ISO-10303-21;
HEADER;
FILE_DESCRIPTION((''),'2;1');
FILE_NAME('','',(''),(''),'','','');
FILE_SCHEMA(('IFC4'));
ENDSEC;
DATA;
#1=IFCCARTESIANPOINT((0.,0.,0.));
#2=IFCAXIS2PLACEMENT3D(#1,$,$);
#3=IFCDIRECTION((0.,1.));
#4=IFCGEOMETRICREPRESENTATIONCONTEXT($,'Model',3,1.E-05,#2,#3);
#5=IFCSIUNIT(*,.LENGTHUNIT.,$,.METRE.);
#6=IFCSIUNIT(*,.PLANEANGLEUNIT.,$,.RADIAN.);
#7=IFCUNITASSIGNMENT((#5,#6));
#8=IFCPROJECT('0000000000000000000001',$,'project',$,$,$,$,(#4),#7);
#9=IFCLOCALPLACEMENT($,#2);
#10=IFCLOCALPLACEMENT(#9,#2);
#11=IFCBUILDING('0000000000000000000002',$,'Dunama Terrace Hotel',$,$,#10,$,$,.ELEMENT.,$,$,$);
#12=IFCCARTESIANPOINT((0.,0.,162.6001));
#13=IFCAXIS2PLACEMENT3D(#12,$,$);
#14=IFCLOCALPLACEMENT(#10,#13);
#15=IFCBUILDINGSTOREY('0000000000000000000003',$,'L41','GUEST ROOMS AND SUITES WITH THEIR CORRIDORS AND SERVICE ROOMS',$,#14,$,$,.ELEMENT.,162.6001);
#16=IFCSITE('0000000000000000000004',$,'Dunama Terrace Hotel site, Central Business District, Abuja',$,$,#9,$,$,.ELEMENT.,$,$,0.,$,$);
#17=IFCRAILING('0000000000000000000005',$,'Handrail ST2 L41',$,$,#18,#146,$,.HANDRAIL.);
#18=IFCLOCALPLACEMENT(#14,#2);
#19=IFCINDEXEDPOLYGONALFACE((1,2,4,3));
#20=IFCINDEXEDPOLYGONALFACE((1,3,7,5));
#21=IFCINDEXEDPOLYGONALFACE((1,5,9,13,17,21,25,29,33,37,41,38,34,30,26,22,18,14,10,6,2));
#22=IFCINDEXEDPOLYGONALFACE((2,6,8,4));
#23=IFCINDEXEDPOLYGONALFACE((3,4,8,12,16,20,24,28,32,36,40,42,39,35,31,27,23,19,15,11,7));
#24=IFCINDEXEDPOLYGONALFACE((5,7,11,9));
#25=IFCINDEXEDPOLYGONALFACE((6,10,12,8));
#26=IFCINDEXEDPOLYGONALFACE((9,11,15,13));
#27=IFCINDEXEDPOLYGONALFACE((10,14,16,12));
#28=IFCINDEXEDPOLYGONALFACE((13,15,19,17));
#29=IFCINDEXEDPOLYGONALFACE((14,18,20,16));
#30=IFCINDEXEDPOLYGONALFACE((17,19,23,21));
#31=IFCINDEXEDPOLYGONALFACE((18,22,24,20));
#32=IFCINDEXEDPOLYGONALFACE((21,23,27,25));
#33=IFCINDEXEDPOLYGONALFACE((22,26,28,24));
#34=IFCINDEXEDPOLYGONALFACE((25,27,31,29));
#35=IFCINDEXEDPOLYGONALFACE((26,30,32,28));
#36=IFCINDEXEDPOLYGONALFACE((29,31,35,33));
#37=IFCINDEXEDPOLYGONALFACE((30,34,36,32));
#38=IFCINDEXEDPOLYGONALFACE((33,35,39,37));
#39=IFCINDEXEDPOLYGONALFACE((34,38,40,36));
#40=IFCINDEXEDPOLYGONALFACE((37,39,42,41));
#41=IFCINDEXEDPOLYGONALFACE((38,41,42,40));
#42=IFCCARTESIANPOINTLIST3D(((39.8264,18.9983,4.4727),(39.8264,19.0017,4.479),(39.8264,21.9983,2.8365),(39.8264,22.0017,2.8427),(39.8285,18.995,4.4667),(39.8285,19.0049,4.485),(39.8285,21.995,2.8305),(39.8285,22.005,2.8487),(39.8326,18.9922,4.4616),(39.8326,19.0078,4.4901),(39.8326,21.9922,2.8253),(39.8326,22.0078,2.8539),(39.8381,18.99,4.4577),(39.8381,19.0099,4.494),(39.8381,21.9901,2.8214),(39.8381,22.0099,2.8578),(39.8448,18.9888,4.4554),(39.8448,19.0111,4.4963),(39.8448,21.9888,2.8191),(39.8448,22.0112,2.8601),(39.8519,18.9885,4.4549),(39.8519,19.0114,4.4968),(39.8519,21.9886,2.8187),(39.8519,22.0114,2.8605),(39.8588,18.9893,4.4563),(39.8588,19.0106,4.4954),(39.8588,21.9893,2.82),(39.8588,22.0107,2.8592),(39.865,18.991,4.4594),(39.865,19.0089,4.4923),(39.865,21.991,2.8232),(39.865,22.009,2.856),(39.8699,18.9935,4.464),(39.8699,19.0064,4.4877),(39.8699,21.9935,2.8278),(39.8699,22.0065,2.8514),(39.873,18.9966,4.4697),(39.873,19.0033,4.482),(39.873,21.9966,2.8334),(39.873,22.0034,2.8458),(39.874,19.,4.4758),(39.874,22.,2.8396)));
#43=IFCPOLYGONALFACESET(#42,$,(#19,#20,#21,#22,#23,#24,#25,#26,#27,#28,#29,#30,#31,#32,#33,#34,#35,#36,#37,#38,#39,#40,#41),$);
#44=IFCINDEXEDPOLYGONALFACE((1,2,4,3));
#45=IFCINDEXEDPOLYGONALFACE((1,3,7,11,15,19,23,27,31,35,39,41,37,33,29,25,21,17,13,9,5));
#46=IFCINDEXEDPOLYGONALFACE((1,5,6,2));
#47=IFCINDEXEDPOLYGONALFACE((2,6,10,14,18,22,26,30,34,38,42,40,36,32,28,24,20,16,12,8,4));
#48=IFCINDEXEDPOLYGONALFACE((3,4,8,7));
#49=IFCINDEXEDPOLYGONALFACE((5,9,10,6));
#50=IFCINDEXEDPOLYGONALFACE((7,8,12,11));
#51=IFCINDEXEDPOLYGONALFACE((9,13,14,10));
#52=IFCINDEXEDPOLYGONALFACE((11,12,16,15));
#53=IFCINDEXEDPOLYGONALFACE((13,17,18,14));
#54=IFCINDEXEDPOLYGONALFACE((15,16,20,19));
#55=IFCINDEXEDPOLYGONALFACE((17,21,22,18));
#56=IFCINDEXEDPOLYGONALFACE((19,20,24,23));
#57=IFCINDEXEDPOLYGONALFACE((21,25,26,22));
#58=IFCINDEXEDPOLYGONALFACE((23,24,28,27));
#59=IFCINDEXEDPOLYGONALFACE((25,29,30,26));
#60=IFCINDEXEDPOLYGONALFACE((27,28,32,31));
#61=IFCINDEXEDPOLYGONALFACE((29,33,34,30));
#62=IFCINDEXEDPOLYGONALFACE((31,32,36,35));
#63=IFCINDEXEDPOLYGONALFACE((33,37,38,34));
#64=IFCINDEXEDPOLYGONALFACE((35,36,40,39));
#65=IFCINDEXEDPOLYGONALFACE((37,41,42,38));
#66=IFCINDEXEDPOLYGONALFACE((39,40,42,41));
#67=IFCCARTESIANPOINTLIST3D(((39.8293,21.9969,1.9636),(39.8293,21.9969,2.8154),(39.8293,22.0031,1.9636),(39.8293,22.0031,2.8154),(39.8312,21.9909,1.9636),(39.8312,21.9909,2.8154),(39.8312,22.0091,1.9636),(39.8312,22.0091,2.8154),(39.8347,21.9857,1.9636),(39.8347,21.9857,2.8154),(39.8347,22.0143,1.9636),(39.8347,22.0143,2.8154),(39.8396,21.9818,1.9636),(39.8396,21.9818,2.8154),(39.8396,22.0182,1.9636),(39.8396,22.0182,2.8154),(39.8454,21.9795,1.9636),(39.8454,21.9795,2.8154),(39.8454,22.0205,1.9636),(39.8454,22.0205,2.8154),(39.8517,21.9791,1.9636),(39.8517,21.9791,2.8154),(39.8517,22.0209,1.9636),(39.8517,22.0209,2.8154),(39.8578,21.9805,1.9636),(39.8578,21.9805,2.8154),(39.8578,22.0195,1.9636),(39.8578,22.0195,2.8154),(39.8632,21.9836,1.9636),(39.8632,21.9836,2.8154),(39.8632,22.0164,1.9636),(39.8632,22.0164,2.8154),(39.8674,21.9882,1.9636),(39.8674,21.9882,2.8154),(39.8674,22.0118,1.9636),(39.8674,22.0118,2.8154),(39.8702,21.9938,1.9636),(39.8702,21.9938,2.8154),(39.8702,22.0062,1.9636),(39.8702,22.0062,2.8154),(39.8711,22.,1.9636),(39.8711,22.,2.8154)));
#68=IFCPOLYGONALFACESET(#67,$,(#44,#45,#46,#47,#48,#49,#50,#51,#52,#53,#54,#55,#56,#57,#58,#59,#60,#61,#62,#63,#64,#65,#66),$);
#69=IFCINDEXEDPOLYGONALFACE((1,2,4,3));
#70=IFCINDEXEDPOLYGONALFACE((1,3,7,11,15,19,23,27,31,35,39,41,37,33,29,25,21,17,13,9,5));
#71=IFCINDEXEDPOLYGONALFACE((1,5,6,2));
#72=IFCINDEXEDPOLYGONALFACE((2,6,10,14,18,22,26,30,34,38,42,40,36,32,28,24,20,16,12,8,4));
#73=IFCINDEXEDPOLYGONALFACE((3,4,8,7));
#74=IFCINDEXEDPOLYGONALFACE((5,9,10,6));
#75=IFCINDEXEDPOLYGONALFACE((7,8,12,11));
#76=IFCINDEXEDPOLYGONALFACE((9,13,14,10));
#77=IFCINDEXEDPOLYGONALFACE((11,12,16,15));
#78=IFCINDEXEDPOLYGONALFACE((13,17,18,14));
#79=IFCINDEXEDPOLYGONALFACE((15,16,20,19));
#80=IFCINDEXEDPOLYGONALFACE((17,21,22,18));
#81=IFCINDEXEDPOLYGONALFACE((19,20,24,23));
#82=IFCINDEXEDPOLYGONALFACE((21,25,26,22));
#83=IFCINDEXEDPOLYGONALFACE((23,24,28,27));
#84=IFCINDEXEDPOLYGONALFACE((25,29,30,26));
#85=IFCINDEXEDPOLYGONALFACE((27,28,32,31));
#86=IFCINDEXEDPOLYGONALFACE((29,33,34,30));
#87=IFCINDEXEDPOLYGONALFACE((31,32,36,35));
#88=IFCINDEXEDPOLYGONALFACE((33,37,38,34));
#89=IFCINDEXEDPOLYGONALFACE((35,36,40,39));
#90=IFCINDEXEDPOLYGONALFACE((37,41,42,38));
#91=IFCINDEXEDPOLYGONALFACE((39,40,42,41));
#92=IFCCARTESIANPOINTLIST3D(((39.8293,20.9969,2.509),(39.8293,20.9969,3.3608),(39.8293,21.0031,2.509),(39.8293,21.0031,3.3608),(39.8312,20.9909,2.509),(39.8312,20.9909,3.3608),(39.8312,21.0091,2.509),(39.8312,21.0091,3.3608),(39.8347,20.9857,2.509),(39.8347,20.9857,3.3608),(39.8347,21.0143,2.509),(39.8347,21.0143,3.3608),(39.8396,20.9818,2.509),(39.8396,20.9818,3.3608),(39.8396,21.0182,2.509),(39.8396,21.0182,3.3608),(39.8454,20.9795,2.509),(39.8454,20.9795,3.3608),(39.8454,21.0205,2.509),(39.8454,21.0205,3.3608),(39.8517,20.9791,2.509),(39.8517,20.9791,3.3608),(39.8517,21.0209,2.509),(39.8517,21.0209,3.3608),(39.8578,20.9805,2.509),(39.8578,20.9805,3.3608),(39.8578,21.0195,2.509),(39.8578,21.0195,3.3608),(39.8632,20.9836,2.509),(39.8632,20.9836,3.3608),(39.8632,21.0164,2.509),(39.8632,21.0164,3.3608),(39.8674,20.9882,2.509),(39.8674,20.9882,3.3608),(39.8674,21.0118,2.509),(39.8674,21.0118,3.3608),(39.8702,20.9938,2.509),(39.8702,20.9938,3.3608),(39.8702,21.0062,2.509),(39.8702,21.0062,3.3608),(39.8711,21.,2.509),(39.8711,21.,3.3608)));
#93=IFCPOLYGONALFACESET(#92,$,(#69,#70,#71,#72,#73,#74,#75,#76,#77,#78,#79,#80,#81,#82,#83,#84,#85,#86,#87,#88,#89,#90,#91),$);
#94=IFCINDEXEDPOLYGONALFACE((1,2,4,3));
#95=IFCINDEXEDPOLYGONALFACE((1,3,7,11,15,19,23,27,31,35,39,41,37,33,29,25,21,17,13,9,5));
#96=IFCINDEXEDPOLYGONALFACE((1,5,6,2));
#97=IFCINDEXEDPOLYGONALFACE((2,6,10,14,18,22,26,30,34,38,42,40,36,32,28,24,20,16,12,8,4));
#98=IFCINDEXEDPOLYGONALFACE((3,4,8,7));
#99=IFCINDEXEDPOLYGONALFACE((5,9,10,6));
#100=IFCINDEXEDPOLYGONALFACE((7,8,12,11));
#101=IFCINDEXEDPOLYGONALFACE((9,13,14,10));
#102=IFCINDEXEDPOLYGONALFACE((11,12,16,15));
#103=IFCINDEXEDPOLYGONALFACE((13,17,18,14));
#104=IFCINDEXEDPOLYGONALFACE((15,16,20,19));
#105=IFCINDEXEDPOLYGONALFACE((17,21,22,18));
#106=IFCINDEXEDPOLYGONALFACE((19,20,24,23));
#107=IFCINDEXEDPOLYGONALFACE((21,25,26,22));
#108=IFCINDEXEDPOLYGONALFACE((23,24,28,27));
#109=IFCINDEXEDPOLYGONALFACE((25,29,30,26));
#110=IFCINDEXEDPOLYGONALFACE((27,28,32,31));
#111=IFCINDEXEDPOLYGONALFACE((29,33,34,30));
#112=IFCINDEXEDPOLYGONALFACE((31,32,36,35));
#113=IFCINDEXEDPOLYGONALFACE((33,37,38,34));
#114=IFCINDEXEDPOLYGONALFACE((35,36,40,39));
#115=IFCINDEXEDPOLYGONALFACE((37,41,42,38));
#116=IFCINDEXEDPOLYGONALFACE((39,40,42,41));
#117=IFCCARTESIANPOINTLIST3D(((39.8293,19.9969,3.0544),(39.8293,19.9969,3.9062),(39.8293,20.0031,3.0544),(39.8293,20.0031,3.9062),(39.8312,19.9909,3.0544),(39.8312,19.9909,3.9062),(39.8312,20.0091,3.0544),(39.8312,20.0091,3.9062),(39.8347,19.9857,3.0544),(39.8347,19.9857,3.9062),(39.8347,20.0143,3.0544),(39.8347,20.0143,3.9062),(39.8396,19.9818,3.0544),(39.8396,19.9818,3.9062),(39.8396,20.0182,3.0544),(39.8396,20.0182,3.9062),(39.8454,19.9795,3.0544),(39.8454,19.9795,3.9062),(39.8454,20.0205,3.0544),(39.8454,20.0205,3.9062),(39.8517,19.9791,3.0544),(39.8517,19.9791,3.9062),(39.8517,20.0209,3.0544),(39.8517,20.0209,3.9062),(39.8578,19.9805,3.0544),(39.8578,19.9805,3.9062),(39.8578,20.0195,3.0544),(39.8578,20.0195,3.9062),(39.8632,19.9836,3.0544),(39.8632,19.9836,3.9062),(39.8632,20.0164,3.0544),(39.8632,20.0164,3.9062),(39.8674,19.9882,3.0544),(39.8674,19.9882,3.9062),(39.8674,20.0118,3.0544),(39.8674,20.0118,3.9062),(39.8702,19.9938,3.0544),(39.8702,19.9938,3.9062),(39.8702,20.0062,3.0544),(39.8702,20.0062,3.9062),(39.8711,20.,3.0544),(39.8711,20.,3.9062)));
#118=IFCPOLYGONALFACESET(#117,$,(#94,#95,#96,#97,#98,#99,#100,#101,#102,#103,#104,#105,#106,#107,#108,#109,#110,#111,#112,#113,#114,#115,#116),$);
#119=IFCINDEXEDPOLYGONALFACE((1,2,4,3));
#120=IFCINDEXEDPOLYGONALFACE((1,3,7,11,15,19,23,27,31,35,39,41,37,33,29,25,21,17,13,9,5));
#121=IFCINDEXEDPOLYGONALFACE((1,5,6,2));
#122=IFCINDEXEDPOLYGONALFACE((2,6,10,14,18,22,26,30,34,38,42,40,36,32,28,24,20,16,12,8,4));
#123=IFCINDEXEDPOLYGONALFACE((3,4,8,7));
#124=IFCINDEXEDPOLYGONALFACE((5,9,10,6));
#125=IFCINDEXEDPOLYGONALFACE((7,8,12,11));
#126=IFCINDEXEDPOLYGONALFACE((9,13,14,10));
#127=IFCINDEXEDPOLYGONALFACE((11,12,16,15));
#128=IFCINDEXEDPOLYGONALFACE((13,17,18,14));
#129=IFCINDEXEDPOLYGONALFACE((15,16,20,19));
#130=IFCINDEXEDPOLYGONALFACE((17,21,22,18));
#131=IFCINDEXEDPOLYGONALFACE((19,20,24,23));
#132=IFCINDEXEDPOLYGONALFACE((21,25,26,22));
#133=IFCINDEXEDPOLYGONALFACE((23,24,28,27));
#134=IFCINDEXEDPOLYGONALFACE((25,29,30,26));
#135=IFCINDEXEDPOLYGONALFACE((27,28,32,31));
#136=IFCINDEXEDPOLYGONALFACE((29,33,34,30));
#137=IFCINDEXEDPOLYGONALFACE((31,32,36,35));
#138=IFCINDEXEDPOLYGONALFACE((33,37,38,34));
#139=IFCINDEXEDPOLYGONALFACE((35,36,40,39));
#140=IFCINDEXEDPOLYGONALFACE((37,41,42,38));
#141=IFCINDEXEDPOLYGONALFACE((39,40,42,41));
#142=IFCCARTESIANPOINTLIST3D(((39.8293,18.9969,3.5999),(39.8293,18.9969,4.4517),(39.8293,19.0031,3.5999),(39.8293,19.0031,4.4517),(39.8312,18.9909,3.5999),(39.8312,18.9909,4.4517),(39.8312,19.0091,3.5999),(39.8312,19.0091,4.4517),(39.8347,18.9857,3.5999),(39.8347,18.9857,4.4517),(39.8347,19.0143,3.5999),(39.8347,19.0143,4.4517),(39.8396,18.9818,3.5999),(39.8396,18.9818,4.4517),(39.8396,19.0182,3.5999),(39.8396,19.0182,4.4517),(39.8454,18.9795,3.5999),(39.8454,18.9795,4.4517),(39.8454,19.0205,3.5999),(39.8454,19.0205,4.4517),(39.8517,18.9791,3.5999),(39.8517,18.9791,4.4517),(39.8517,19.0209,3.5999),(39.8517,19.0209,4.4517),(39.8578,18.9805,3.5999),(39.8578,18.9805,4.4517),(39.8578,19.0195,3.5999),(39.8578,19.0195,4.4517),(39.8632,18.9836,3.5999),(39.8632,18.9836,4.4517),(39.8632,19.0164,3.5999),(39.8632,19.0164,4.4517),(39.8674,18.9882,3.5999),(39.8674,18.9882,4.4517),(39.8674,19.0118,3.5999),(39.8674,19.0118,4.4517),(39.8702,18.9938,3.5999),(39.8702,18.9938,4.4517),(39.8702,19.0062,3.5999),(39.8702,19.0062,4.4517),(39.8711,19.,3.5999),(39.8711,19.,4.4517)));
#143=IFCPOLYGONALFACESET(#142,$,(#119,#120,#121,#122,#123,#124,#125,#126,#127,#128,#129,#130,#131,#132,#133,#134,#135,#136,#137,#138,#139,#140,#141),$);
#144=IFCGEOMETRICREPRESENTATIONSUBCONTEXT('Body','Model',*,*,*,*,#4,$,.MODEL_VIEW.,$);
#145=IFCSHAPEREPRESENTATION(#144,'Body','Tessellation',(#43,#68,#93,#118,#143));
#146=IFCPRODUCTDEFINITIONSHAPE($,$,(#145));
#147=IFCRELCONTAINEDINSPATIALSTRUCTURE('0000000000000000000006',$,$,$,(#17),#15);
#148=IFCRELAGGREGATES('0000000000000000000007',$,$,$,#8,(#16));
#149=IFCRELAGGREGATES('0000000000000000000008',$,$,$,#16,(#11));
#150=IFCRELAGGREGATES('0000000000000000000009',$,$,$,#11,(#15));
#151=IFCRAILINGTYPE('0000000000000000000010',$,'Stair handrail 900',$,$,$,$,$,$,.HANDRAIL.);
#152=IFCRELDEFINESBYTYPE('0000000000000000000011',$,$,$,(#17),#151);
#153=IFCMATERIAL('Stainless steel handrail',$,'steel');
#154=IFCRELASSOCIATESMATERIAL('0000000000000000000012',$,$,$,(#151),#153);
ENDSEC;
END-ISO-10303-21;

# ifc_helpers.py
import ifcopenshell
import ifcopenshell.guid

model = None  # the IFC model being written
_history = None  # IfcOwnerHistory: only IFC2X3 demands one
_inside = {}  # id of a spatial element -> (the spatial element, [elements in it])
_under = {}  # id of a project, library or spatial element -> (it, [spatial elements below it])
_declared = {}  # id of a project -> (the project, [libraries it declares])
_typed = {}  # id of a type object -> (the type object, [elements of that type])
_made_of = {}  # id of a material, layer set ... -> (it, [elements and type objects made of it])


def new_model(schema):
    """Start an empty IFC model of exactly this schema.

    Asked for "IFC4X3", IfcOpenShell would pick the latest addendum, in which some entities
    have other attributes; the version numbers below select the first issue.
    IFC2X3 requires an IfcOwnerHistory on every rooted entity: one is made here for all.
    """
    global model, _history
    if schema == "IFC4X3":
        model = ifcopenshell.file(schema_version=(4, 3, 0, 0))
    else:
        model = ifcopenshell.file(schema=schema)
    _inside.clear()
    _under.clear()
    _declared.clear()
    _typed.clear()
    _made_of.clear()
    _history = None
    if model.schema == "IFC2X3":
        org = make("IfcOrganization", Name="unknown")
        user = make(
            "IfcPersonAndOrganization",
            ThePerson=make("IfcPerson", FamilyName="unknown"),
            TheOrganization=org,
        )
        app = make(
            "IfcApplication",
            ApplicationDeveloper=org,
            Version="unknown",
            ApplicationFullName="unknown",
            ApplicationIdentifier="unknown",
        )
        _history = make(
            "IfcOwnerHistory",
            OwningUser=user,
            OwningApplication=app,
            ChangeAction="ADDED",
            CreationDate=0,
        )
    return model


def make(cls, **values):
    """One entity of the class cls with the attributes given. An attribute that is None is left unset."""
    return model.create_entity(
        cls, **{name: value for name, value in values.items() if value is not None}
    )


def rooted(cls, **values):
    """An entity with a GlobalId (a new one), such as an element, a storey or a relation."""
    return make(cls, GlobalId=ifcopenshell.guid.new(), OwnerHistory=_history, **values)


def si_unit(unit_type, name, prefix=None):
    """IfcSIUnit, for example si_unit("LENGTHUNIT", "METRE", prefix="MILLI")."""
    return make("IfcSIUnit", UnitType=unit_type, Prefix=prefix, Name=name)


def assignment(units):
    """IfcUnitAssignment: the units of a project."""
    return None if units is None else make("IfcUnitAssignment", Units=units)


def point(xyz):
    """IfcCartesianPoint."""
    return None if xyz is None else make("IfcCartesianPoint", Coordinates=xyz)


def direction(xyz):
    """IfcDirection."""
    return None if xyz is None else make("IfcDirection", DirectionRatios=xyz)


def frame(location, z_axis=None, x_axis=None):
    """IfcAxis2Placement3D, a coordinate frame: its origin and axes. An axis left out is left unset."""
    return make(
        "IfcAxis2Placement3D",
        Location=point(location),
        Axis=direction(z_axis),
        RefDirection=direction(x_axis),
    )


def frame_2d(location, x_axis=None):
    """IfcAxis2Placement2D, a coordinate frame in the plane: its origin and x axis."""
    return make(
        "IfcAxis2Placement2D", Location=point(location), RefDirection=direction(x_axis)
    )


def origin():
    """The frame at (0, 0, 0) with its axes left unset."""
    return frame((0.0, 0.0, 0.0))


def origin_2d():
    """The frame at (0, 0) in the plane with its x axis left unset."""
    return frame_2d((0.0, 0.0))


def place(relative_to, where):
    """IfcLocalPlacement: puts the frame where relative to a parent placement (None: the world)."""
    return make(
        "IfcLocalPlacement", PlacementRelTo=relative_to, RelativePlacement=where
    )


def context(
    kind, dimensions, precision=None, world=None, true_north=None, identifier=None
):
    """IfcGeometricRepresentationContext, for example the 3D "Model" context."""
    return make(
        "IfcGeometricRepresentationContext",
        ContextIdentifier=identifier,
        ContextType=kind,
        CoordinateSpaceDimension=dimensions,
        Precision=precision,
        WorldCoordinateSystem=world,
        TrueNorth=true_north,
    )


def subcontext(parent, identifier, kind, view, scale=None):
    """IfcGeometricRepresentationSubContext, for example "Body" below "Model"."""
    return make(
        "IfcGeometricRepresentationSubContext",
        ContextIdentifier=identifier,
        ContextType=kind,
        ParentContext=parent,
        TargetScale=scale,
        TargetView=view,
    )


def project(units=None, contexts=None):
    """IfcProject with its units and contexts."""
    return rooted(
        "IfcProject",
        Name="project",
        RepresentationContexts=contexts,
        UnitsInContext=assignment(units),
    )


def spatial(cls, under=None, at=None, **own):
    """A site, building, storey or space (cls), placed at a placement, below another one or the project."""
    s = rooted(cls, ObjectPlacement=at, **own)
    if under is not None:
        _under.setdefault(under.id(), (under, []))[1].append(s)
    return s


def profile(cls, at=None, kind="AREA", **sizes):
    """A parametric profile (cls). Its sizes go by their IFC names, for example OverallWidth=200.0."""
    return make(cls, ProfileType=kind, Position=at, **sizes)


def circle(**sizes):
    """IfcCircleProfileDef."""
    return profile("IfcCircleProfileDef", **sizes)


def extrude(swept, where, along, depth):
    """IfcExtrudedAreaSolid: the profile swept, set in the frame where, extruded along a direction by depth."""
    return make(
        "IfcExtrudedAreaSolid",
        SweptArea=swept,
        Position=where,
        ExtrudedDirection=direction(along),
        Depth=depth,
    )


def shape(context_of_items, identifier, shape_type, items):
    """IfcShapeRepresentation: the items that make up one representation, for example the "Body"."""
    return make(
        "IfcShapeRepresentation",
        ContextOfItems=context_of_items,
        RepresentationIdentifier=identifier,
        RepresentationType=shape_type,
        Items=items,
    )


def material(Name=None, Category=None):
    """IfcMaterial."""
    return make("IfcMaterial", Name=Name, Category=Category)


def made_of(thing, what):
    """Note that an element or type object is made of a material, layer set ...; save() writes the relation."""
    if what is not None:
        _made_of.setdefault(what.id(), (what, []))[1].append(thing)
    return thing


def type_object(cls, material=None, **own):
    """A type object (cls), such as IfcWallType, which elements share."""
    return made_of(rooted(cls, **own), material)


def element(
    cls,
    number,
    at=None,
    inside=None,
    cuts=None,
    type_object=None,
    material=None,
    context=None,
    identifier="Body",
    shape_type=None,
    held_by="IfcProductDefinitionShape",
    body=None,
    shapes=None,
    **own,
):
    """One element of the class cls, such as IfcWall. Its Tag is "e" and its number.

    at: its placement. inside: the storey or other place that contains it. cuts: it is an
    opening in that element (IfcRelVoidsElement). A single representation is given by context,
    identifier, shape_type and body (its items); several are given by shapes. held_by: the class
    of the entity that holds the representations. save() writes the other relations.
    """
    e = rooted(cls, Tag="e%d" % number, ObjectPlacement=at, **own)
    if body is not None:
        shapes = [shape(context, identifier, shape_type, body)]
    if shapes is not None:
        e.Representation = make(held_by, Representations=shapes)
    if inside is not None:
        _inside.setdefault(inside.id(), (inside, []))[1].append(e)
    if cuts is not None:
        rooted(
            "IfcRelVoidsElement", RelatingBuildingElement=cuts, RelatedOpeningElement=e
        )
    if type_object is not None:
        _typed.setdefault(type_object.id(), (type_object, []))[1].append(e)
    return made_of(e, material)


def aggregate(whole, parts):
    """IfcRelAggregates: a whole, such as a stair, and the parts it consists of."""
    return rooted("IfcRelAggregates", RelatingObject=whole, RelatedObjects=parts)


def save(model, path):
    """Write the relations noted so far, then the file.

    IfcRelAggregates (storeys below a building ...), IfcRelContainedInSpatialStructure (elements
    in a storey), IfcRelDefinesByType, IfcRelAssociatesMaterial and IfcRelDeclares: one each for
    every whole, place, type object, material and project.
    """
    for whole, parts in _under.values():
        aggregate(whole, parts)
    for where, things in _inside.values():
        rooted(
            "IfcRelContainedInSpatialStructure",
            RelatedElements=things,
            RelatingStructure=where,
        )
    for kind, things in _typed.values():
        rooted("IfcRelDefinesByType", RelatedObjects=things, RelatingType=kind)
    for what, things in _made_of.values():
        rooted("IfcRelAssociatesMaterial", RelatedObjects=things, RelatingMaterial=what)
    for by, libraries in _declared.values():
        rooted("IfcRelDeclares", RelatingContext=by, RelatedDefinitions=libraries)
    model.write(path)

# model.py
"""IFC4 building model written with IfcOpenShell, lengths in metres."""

from ifc_helpers import new_model, si_unit, direction, frame, origin, origin_2d, place, context, subcontext, project, spatial, circle, extrude, material, type_object, element, save


model = new_model("IFC4")

# Units and contexts
model_context = context("Model", 3, precision=1e-05, world=origin(), true_north=direction((0.0, 1.0)))
body_context = subcontext(model_context, "Body", "Model", "MODEL_VIEW")
ifc_project = project(units=[si_unit("LENGTHUNIT", "METRE"), si_unit("PLANEANGLEUNIT", "RADIAN")], contexts=[model_context])

# Site, building, storey
site_placement = place(None, origin())
site = spatial("IfcSite", under=ifc_project, at=site_placement, Name="Dunama Terrace Hotel site, Central Business District, Abuja", CompositionType="ELEMENT", RefElevation=0.0)
building_placement = place(site_placement, origin())
building = spatial("IfcBuilding", under=site, at=building_placement, Name="Dunama Terrace Hotel", CompositionType="ELEMENT")
storey_placement = place(building_placement, frame((0.0, 0.0, 162.6001)))
storey = spatial("IfcBuildingStorey", under=building, at=storey_placement, Name="L41", Description="GUEST ROOMS AND SUITES WITH THEIR CORRIDORS AND SERVICE ROOMS", CompositionType="ELEMENT", Elevation=162.6001)

# Railing
ifc_material_1 = material(Name="Stainless steel handrail", Category="steel")
railing_type = type_object("IfcRailingType", Name="Stair handrail 900", PredefinedType="HANDRAIL", material=ifc_material_1)
railing_1_placement = place(storey_placement, frame((39.8501, 22.0, 1.9636)))
element("IfcRailing", 1, at=railing_1_placement, inside=storey, type_object=railing_type, Name="Handrail ST2 L41", PredefinedType="HANDRAIL", context=body_context, shape_type="SweptSolid", body=[
    extrude(circle(Radius=0.0239, at=origin_2d()), frame((0.0, 0.0, 0.876), z_axis=(0.0, -0.877912, 0.478822), x_axis=(1.0, 0.0, 0.0)), (0.0, 0.0, 1.0), 3.4172),
    extrude(circle(Radius=0.021, at=origin_2d()), origin(), (0.0, 0.0, 1.0), 0.8518),
    extrude(circle(Radius=0.021, at=origin_2d()), frame((0.0, -1.0, 0.5454)), (0.0, 0.0, 1.0), 0.8518),
    extrude(circle(Radius=0.021, at=origin_2d()), frame((0.0, -2.0, 1.0908)), (0.0, 0.0, 1.0), 0.8518),
    extrude(circle(Radius=0.021, at=origin_2d()), frame((0.0, -3.0, 1.6362)), (0.0, 0.0, 1.0), 0.8518),
])

save(model, "model.ifc")
